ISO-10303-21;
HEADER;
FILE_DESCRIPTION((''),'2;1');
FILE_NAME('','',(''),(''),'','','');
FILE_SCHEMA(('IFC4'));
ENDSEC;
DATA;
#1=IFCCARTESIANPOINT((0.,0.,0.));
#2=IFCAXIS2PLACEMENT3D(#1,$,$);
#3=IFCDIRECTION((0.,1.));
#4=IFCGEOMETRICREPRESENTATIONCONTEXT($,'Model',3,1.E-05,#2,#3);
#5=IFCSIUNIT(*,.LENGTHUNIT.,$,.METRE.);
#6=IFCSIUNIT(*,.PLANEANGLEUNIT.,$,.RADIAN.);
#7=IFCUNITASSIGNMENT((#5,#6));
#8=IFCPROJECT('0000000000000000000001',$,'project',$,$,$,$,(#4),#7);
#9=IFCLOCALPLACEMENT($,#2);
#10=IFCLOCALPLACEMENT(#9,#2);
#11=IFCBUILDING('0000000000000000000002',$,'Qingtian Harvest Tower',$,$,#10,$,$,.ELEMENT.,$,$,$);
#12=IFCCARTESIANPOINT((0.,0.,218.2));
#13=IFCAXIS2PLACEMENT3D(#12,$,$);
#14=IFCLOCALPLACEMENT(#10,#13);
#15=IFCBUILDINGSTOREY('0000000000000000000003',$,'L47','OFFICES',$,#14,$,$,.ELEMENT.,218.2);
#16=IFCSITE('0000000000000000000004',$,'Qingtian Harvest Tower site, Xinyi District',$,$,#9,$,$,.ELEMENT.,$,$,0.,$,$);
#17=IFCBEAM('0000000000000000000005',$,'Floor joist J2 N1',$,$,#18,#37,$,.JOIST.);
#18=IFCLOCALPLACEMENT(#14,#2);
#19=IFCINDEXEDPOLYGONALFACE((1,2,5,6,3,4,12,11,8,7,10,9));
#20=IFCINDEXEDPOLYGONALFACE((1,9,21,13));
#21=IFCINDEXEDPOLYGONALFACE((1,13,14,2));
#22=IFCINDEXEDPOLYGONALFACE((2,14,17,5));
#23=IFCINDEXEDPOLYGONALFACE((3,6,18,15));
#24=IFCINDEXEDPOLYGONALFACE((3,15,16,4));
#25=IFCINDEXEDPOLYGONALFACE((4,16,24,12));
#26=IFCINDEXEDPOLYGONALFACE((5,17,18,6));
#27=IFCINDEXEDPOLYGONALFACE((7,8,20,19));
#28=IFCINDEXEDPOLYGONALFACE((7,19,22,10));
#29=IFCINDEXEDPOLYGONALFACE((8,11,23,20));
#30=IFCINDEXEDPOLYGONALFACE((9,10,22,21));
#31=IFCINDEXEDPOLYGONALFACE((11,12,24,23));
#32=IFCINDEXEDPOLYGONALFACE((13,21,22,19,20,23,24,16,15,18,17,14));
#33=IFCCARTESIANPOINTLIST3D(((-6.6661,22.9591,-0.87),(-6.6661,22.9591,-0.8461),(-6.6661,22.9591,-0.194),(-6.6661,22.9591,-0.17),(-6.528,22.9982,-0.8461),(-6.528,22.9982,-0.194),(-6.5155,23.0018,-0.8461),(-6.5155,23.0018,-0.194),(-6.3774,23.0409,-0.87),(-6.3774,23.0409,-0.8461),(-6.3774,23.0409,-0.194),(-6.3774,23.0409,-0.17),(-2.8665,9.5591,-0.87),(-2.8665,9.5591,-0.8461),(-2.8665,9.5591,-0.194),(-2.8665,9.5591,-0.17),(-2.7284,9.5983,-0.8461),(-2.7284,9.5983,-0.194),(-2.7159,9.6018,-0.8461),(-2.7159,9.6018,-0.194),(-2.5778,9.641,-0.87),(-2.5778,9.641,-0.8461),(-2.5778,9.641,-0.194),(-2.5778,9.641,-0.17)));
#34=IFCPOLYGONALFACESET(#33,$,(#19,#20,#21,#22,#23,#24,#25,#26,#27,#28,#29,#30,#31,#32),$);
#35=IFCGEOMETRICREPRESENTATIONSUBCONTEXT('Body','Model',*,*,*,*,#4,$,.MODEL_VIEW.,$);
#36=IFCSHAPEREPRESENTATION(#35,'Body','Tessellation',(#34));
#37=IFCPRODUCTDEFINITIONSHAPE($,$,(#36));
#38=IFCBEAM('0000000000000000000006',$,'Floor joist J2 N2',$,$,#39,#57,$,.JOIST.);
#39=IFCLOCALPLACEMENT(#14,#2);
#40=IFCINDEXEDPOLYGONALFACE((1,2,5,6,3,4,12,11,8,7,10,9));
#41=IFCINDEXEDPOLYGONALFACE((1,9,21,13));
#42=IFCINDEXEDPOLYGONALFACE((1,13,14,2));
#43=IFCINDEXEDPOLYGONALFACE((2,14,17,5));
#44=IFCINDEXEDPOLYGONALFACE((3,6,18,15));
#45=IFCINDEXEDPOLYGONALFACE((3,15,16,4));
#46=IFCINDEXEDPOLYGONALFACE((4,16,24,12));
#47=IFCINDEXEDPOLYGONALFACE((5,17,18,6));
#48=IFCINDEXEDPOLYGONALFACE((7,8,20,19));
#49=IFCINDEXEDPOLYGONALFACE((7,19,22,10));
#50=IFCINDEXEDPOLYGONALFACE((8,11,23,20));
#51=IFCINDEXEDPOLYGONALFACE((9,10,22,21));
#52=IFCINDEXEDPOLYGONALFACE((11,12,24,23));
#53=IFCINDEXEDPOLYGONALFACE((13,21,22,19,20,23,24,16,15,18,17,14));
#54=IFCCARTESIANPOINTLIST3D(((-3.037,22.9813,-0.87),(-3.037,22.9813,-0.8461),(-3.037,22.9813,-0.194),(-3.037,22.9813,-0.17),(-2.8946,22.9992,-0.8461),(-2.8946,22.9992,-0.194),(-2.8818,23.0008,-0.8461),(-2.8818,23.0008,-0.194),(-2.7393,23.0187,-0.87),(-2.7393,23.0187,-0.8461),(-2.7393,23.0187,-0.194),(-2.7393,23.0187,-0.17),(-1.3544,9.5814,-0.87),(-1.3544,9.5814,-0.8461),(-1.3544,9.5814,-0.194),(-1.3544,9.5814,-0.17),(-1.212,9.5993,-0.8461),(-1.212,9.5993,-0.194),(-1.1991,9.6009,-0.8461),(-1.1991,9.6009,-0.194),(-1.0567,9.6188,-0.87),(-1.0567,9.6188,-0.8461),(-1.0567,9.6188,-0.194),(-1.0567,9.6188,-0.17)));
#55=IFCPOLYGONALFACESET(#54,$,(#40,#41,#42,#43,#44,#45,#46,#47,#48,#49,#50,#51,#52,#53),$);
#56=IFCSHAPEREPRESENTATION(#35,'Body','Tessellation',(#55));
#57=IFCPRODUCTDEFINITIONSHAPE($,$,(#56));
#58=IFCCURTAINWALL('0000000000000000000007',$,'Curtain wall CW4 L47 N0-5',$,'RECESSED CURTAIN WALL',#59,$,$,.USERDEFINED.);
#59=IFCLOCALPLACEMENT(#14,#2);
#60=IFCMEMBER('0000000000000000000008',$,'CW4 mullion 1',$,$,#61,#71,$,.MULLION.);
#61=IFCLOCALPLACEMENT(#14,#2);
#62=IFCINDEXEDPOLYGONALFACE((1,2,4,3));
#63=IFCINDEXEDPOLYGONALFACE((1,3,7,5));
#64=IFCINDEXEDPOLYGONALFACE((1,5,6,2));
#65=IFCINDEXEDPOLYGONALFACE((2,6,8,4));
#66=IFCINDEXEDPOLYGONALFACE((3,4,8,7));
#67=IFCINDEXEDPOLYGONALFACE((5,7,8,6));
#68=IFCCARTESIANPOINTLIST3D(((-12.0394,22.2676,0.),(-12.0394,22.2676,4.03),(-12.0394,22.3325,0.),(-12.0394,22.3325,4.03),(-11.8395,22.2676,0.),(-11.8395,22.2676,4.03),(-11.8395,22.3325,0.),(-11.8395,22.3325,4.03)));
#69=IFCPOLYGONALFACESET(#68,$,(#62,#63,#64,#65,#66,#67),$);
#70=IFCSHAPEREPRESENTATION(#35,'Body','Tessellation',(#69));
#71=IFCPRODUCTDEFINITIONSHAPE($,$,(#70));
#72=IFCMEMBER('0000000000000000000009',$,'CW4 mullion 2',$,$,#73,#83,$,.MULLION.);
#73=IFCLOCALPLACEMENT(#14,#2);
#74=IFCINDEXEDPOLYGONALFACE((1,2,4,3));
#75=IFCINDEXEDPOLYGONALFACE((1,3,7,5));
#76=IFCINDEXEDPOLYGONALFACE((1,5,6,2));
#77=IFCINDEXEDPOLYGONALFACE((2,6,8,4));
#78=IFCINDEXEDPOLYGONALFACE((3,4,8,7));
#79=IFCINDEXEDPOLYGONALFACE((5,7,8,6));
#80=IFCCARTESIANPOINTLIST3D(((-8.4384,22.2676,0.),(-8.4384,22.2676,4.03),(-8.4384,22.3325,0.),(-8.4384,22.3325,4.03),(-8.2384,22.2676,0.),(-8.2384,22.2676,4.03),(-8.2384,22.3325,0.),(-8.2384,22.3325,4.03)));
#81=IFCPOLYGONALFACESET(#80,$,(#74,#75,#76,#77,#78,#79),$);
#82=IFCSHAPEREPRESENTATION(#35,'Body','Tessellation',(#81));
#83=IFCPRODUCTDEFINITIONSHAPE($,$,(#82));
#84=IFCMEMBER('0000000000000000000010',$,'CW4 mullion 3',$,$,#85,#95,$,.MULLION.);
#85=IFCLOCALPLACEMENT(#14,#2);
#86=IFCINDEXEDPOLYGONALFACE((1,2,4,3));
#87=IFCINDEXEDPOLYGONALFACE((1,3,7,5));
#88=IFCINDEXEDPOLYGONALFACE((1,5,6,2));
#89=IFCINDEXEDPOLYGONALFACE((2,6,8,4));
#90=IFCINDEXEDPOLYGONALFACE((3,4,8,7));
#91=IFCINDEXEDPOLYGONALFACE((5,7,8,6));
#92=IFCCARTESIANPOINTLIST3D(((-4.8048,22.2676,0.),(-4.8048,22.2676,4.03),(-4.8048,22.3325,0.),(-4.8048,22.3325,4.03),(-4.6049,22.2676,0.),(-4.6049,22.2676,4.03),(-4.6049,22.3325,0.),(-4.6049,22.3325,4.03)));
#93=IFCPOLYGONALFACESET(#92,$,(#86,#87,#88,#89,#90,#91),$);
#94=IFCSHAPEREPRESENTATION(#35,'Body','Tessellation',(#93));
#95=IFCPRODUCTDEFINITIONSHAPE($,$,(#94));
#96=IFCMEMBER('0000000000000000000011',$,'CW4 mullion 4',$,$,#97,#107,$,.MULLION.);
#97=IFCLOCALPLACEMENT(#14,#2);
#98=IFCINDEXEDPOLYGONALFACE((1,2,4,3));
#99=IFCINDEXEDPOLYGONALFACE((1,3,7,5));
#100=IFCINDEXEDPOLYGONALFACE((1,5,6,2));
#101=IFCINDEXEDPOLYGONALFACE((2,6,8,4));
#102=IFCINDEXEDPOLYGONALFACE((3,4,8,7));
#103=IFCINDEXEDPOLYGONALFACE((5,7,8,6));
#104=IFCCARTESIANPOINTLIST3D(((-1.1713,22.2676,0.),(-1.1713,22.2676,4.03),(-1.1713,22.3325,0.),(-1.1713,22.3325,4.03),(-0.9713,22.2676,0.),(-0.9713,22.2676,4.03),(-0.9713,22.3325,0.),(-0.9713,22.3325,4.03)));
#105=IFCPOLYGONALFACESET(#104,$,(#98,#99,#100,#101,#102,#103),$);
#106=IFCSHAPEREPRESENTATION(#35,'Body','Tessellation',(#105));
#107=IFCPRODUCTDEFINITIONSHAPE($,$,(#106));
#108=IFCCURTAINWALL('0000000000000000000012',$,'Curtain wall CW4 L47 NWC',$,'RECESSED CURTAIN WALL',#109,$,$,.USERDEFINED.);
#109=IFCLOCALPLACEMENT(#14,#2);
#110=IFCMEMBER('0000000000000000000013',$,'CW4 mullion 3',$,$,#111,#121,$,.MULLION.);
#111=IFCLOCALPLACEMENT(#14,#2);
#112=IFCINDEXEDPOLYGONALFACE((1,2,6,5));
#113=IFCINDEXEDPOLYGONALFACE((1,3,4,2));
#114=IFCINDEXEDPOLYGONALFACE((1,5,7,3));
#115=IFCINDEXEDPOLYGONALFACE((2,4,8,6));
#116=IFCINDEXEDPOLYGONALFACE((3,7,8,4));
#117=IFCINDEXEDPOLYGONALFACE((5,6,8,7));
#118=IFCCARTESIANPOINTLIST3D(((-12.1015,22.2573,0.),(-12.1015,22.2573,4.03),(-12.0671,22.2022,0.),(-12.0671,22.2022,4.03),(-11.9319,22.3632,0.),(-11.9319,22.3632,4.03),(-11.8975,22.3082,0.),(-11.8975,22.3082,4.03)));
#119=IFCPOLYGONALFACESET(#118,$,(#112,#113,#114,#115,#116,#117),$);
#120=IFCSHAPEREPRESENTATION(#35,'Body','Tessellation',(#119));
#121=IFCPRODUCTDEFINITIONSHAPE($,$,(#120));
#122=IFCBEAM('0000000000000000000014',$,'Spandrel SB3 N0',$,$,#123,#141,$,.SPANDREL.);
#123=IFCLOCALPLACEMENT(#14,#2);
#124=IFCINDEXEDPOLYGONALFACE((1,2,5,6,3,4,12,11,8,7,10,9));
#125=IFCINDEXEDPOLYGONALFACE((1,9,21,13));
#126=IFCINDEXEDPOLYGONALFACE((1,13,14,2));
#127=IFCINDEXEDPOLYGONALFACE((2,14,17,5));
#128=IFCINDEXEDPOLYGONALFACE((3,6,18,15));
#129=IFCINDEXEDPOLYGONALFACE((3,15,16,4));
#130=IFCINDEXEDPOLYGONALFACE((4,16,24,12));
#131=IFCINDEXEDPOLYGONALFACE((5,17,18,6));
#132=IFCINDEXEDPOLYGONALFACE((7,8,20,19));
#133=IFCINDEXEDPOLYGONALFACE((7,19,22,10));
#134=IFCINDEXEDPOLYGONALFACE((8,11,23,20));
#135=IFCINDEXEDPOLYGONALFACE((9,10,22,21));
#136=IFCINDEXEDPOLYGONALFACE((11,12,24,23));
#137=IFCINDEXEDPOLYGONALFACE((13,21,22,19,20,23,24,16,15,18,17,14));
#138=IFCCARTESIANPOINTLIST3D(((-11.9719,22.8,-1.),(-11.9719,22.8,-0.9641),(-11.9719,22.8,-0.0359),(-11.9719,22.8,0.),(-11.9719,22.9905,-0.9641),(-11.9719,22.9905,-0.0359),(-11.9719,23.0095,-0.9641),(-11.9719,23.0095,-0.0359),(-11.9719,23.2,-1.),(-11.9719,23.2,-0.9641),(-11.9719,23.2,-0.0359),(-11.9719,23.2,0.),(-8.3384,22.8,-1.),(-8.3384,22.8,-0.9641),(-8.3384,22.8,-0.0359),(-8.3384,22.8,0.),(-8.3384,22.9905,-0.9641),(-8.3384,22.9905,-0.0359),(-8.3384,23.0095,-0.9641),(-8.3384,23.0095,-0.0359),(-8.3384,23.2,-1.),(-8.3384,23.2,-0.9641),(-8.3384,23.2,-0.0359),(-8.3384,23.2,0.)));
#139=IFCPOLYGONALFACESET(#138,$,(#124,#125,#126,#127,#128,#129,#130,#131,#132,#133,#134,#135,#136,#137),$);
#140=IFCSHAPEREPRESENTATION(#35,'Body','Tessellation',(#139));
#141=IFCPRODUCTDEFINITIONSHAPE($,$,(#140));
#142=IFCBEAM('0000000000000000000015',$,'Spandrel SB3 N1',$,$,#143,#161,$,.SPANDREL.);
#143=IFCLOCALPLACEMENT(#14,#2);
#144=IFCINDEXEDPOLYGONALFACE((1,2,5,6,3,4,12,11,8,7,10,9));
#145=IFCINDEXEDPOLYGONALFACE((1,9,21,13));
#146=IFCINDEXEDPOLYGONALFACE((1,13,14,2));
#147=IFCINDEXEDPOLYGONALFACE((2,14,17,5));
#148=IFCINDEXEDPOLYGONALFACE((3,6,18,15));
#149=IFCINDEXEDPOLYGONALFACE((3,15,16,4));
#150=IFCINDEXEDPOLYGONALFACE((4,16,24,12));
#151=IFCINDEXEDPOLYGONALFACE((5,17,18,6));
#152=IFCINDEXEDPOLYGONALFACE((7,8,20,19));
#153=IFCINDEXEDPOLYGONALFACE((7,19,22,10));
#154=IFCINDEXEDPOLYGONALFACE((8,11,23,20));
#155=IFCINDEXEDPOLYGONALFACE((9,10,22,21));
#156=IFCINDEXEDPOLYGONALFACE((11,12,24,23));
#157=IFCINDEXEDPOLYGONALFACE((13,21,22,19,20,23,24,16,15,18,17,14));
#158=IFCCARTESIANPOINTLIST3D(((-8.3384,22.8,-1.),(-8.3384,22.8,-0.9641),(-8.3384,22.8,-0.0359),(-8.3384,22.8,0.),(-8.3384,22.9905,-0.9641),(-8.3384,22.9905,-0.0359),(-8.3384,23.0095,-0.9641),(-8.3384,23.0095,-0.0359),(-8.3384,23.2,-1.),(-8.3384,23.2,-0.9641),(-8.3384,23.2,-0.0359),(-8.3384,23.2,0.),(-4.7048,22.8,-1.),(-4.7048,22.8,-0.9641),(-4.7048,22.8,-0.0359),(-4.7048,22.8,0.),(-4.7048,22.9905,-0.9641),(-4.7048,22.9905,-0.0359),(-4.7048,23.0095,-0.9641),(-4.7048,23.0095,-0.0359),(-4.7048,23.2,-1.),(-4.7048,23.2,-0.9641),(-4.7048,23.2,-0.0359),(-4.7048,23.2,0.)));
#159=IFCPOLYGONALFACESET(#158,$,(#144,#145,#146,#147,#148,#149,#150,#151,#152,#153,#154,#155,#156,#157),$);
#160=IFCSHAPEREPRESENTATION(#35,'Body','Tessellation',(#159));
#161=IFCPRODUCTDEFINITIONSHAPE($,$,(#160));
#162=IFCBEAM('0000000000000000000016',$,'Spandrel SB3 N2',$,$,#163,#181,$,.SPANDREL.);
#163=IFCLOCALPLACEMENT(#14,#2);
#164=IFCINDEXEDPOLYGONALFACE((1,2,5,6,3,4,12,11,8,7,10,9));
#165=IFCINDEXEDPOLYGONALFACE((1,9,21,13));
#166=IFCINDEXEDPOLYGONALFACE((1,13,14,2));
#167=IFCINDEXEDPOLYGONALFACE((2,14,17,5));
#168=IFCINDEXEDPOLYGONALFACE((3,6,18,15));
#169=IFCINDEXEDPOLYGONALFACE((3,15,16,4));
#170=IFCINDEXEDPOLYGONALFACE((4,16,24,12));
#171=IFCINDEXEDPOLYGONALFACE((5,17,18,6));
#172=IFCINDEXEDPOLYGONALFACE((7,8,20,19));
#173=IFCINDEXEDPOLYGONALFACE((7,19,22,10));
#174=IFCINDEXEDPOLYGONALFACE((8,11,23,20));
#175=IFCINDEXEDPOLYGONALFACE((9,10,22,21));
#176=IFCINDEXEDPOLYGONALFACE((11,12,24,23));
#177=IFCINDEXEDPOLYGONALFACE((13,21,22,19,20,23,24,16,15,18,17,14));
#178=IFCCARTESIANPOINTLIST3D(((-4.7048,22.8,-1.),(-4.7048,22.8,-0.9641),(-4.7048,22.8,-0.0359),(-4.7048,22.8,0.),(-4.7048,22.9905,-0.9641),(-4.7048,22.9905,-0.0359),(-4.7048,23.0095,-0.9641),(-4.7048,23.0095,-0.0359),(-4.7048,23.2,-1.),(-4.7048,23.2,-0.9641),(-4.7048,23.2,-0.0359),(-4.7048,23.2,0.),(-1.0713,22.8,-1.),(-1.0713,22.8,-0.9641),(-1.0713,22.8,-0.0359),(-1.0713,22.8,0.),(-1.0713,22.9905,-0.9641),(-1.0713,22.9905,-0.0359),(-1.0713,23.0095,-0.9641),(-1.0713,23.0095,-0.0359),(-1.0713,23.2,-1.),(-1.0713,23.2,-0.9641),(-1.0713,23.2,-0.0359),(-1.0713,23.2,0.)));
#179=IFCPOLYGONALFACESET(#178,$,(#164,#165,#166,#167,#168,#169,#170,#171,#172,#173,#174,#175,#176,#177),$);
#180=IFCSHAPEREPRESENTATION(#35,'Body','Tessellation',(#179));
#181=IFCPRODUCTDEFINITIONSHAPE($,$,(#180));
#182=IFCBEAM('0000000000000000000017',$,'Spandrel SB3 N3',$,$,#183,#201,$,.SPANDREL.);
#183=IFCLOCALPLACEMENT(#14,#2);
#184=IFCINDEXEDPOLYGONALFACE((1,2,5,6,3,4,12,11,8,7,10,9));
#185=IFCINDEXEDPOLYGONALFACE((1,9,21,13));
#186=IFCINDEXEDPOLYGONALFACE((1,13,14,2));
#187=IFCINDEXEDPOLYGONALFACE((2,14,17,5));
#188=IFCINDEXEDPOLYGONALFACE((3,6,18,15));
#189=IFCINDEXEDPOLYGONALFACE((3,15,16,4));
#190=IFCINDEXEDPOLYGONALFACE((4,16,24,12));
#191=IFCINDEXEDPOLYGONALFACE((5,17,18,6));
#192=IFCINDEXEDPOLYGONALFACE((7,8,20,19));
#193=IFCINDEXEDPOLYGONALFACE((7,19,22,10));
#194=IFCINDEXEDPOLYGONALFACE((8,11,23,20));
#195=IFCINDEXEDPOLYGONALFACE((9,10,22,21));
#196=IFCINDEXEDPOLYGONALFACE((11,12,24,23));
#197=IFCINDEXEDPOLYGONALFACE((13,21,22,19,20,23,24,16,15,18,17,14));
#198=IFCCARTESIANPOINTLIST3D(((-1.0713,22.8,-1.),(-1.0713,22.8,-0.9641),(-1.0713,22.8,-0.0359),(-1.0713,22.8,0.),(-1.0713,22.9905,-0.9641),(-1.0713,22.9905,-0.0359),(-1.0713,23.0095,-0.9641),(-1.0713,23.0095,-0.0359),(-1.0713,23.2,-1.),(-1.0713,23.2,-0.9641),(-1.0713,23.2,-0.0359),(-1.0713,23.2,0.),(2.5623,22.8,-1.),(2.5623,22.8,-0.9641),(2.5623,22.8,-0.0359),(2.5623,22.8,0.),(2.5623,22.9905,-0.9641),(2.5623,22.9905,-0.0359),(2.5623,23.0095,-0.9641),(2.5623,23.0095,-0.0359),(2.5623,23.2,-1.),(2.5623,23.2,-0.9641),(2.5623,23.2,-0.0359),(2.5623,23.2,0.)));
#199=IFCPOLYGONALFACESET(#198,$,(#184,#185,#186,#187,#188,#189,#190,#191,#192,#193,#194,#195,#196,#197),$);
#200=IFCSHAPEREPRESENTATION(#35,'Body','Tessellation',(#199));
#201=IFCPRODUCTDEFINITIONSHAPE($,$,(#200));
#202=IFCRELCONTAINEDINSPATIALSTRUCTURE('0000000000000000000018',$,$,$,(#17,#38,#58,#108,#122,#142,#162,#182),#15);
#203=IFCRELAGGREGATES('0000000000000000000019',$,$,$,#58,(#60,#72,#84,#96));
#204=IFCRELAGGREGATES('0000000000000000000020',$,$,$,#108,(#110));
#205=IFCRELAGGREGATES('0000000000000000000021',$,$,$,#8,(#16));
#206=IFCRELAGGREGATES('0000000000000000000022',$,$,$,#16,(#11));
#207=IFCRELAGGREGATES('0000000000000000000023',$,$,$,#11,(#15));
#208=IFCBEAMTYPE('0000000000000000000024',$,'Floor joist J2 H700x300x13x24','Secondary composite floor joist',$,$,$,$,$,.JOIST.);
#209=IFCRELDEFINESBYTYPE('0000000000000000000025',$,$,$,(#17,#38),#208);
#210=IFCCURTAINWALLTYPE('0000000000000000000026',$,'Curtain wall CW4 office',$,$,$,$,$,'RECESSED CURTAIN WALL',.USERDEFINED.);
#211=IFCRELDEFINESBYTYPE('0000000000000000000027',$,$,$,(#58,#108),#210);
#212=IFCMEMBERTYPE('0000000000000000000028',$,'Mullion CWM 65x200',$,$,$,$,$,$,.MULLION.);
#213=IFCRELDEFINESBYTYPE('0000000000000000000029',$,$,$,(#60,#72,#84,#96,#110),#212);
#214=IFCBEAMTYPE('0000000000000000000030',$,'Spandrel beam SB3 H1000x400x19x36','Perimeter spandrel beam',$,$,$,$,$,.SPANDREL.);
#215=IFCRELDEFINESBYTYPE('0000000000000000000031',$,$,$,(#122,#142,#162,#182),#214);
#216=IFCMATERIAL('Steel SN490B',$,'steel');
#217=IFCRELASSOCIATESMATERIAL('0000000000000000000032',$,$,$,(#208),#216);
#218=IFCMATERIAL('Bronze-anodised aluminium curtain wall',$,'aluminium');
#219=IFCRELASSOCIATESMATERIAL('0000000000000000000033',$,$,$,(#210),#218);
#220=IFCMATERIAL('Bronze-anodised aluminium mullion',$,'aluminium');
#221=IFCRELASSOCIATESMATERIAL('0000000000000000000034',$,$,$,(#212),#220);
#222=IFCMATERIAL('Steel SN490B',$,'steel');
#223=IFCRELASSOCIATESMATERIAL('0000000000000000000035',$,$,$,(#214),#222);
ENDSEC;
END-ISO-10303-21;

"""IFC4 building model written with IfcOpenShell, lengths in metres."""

from ifc_helpers import new_model, si_unit, direction, frame, origin, origin_2d, place, context, subcontext, project, spatial, rectangle, i_section, extrude, material, material_profile, profile_set, type_object, element, aggregate, save


model = new_model("IFC4")

# Units and contexts
model_context = context("Model", 3, precision=1e-05, world=origin(), true_north=direction((0.0, 1.0)))
body_context = subcontext(model_context, "Body", "Model", "MODEL_VIEW")
ifc_project = project(units=[si_unit("LENGTHUNIT", "METRE"), si_unit("PLANEANGLEUNIT", "RADIAN")], contexts=[model_context])

# Site, building, storey
site_placement = place(None, origin())
site = spatial("IfcSite", under=ifc_project, at=site_placement, Name="Qingtian Harvest Tower site, Xinyi District", CompositionType="ELEMENT", RefElevation=0.0)
building_placement = place(site_placement, origin())
building = spatial("IfcBuilding", under=site, at=building_placement, Name="Qingtian Harvest Tower", CompositionType="ELEMENT")
storey_placement = place(building_placement, frame((0.0, 0.0, 218.2)))
storey = spatial("IfcBuildingStorey", under=building, at=storey_placement, Name="L47", Description="OFFICES", CompositionType="ELEMENT", Elevation=218.2)

# Beams
ifc_material_1 = material(Name="Steel SN490B", Category="steel")
ifc_material_profile_1 = material_profile(ifc_material_1, i_section(OverallWidth=0.3, OverallDepth=0.7, WebThickness=0.0129, FlangeThickness=0.0239, at=origin_2d()), Name="H700x300x13x24")
ifc_profile_set_1 = profile_set([ifc_material_profile_1], Name="Steel SN490B")
beam_type_1 = type_object("IfcBeamType", Name="Floor joist J2 H700x300x13x24", Description="Secondary composite floor joist", PredefinedType="JOIST", material=ifc_profile_set_1)
beam_1_placement = place(storey_placement, frame((-6.5217, 23.0, -0.52), z_axis=(0.272797, -0.962072, 0.0), x_axis=(0.962072, 0.272797, 0.0)))
element("IfcBeam", 1, at=beam_1_placement, inside=storey, type_object=beam_type_1, Name="Floor joist J2 N1", PredefinedType="JOIST", context=body_context, shape_type="SweptSolid", body=[
    extrude(i_section(OverallWidth=0.3, OverallDepth=0.7, WebThickness=0.0129, FlangeThickness=0.0239, at=origin_2d()), origin(), (0.0, 0.0, 1.0), 13.9282),
])
beam_2_placement = place(storey_placement, frame((-2.8882, 23.0, -0.52), z_axis=(0.124591, -0.992208, 0.0), x_axis=(0.992208, 0.124591, 0.0)))
element("IfcBeam", 2, at=beam_2_placement, inside=storey, type_object=beam_type_1, Name="Floor joist J2 N2", PredefinedType="JOIST", context=body_context, shape_type="SweptSolid", body=[
    extrude(i_section(OverallWidth=0.3, OverallDepth=0.7, WebThickness=0.0129, FlangeThickness=0.0239, at=origin_2d()), origin(), (0.0, 0.0, 1.0), 13.5051),
])

# Curtain wall, members
ifc_material_2 = material(Name="Bronze-anodised aluminium curtain wall", Category="aluminium")
curtain_wall_type = type_object("IfcCurtainWallType", Name="Curtain wall CW4 office", ElementType="RECESSED CURTAIN WALL", PredefinedType="USERDEFINED", material=ifc_material_2)
curtain_wall_1_placement = place(storey_placement, origin())
curtain_wall_1 = element("IfcCurtainWall", 3, at=curtain_wall_1_placement, inside=storey, type_object=curtain_wall_type, Name="Curtain wall CW4 L47 N0-5", ObjectType="RECESSED CURTAIN WALL", PredefinedType="USERDEFINED")
ifc_material_3 = material(Name="Bronze-anodised aluminium mullion", Category="aluminium")
ifc_material_profile_2 = material_profile(ifc_material_3, rectangle(XDim=0.0649, YDim=0.2, at=origin_2d()), Name="AL 65x200")
ifc_profile_set_2 = profile_set([ifc_material_profile_2], Name="Bronze-anodised aluminium mullion")
member_type_1 = type_object("IfcMemberType", Name="Mullion CWM 65x200", PredefinedType="MULLION", material=ifc_profile_set_2)
member_1_placement = place(storey_placement, frame((-11.9395, 22.3, 0.0), z_axis=(0.0, 0.0, 1.0), x_axis=(0.0, 1.0, 0.0)))
member_1 = element("IfcMember", 4, at=member_1_placement, type_object=member_type_1, Name="CW4 mullion 1", PredefinedType="MULLION", context=body_context, shape_type="SweptSolid", body=[
    extrude(rectangle(XDim=0.0649, YDim=0.2, at=origin_2d()), origin(), (0.0, 0.0, 1.0), 4.03),
])
member_2_placement = place(storey_placement, frame((-8.3384, 22.3, 0.0), z_axis=(0.0, 0.0, 1.0), x_axis=(0.0, 1.0, 0.0)))
member_2 = element("IfcMember", 5, at=member_2_placement, type_object=member_type_1, Name="CW4 mullion 2", PredefinedType="MULLION", context=body_context, shape_type="SweptSolid", body=[
    extrude(rectangle(XDim=0.0649, YDim=0.2, at=origin_2d()), origin(), (0.0, 0.0, 1.0), 4.03),
])
member_3_placement = place(storey_placement, frame((-4.7048, 22.3, 0.0), z_axis=(0.0, 0.0, 1.0), x_axis=(0.0, 1.0, 0.0)))
member_3 = element("IfcMember", 6, at=member_3_placement, type_object=member_type_1, Name="CW4 mullion 3", PredefinedType="MULLION", context=body_context, shape_type="SweptSolid", body=[
    extrude(rectangle(XDim=0.0649, YDim=0.2, at=origin_2d()), origin(), (0.0, 0.0, 1.0), 4.03),
])
member_4_placement = place(storey_placement, frame((-1.0713, 22.3, 0.0), z_axis=(0.0, 0.0, 1.0), x_axis=(0.0, 1.0, 0.0)))
member_4 = element("IfcMember", 7, at=member_4_placement, type_object=member_type_1, Name="CW4 mullion 4", PredefinedType="MULLION", context=body_context, shape_type="SweptSolid", body=[
    extrude(rectangle(XDim=0.0649, YDim=0.2, at=origin_2d()), origin(), (0.0, 0.0, 1.0), 4.03),
])

# Curtain wall, member
curtain_wall_2_placement = place(storey_placement, origin())
curtain_wall_2 = element("IfcCurtainWall", 8, at=curtain_wall_2_placement, inside=storey, type_object=curtain_wall_type, Name="Curtain wall CW4 L47 NWC", ObjectType="RECESSED CURTAIN WALL", PredefinedType="USERDEFINED")
member_5_placement = place(storey_placement, frame((-11.9995, 22.2827, 0.0), z_axis=(0.0, 0.0, 1.0), x_axis=(-0.529919, 0.848048, 0.0)))
member_5 = element("IfcMember", 9, at=member_5_placement, type_object=member_type_1, Name="CW4 mullion 3", PredefinedType="MULLION", context=body_context, shape_type="SweptSolid", body=[
    extrude(rectangle(XDim=0.0649, YDim=0.2, at=origin_2d()), origin(), (0.0, 0.0, 1.0), 4.03),
])

# Beams
ifc_material_4 = material(Name="Steel SN490B", Category="steel")
ifc_material_profile_3 = material_profile(ifc_material_4, i_section(OverallWidth=0.3999, OverallDepth=1.0, WebThickness=0.019, FlangeThickness=0.0359, at=origin_2d()), Name="H1000x400x19x36")
ifc_profile_set_3 = profile_set([ifc_material_profile_3], Name="Steel SN490B")
beam_type_2 = type_object("IfcBeamType", Name="Spandrel beam SB3 H1000x400x19x36", Description="Perimeter spandrel beam", PredefinedType="SPANDREL", material=ifc_profile_set_3)
for number, where, z_axis, x_axis, name in (
    (10, (-11.9719, 23.0, -0.5), (1.0, 0.0, 0.0), (0.0, 1.0, 0.0), "Spandrel SB3 N0"),
    (11, (-8.3384, 23.0, -0.5), (1.0, 0.0, 0.0), (0.0, 1.0, 0.0), "Spandrel SB3 N1"),
    (12, (-4.7048, 23.0, -0.5), (1.0, 0.0, 0.0), (0.0, 1.0, 0.0), "Spandrel SB3 N2"),
    (13, (-1.0713, 23.0, -0.5), (1.0, 0.0, 0.0), (0.0, 1.0, 0.0), "Spandrel SB3 N3"),
):
    element("IfcBeam", number, at=place(storey_placement, frame(where, z_axis=z_axis, x_axis=x_axis)), inside=storey, type_object=beam_type_2, Name=name, PredefinedType="SPANDREL", context=body_context, shape_type="SweptSolid", body=[
        extrude(i_section(OverallWidth=0.3999, OverallDepth=1.0, WebThickness=0.019, FlangeThickness=0.0359, at=origin_2d()), origin(), (0.0, 0.0, 1.0), 3.6335),
    ])

aggregate(curtain_wall_1, [member_1, member_2, member_3, member_4])
aggregate(curtain_wall_2, [member_5])

save(model, "model.ifc")
